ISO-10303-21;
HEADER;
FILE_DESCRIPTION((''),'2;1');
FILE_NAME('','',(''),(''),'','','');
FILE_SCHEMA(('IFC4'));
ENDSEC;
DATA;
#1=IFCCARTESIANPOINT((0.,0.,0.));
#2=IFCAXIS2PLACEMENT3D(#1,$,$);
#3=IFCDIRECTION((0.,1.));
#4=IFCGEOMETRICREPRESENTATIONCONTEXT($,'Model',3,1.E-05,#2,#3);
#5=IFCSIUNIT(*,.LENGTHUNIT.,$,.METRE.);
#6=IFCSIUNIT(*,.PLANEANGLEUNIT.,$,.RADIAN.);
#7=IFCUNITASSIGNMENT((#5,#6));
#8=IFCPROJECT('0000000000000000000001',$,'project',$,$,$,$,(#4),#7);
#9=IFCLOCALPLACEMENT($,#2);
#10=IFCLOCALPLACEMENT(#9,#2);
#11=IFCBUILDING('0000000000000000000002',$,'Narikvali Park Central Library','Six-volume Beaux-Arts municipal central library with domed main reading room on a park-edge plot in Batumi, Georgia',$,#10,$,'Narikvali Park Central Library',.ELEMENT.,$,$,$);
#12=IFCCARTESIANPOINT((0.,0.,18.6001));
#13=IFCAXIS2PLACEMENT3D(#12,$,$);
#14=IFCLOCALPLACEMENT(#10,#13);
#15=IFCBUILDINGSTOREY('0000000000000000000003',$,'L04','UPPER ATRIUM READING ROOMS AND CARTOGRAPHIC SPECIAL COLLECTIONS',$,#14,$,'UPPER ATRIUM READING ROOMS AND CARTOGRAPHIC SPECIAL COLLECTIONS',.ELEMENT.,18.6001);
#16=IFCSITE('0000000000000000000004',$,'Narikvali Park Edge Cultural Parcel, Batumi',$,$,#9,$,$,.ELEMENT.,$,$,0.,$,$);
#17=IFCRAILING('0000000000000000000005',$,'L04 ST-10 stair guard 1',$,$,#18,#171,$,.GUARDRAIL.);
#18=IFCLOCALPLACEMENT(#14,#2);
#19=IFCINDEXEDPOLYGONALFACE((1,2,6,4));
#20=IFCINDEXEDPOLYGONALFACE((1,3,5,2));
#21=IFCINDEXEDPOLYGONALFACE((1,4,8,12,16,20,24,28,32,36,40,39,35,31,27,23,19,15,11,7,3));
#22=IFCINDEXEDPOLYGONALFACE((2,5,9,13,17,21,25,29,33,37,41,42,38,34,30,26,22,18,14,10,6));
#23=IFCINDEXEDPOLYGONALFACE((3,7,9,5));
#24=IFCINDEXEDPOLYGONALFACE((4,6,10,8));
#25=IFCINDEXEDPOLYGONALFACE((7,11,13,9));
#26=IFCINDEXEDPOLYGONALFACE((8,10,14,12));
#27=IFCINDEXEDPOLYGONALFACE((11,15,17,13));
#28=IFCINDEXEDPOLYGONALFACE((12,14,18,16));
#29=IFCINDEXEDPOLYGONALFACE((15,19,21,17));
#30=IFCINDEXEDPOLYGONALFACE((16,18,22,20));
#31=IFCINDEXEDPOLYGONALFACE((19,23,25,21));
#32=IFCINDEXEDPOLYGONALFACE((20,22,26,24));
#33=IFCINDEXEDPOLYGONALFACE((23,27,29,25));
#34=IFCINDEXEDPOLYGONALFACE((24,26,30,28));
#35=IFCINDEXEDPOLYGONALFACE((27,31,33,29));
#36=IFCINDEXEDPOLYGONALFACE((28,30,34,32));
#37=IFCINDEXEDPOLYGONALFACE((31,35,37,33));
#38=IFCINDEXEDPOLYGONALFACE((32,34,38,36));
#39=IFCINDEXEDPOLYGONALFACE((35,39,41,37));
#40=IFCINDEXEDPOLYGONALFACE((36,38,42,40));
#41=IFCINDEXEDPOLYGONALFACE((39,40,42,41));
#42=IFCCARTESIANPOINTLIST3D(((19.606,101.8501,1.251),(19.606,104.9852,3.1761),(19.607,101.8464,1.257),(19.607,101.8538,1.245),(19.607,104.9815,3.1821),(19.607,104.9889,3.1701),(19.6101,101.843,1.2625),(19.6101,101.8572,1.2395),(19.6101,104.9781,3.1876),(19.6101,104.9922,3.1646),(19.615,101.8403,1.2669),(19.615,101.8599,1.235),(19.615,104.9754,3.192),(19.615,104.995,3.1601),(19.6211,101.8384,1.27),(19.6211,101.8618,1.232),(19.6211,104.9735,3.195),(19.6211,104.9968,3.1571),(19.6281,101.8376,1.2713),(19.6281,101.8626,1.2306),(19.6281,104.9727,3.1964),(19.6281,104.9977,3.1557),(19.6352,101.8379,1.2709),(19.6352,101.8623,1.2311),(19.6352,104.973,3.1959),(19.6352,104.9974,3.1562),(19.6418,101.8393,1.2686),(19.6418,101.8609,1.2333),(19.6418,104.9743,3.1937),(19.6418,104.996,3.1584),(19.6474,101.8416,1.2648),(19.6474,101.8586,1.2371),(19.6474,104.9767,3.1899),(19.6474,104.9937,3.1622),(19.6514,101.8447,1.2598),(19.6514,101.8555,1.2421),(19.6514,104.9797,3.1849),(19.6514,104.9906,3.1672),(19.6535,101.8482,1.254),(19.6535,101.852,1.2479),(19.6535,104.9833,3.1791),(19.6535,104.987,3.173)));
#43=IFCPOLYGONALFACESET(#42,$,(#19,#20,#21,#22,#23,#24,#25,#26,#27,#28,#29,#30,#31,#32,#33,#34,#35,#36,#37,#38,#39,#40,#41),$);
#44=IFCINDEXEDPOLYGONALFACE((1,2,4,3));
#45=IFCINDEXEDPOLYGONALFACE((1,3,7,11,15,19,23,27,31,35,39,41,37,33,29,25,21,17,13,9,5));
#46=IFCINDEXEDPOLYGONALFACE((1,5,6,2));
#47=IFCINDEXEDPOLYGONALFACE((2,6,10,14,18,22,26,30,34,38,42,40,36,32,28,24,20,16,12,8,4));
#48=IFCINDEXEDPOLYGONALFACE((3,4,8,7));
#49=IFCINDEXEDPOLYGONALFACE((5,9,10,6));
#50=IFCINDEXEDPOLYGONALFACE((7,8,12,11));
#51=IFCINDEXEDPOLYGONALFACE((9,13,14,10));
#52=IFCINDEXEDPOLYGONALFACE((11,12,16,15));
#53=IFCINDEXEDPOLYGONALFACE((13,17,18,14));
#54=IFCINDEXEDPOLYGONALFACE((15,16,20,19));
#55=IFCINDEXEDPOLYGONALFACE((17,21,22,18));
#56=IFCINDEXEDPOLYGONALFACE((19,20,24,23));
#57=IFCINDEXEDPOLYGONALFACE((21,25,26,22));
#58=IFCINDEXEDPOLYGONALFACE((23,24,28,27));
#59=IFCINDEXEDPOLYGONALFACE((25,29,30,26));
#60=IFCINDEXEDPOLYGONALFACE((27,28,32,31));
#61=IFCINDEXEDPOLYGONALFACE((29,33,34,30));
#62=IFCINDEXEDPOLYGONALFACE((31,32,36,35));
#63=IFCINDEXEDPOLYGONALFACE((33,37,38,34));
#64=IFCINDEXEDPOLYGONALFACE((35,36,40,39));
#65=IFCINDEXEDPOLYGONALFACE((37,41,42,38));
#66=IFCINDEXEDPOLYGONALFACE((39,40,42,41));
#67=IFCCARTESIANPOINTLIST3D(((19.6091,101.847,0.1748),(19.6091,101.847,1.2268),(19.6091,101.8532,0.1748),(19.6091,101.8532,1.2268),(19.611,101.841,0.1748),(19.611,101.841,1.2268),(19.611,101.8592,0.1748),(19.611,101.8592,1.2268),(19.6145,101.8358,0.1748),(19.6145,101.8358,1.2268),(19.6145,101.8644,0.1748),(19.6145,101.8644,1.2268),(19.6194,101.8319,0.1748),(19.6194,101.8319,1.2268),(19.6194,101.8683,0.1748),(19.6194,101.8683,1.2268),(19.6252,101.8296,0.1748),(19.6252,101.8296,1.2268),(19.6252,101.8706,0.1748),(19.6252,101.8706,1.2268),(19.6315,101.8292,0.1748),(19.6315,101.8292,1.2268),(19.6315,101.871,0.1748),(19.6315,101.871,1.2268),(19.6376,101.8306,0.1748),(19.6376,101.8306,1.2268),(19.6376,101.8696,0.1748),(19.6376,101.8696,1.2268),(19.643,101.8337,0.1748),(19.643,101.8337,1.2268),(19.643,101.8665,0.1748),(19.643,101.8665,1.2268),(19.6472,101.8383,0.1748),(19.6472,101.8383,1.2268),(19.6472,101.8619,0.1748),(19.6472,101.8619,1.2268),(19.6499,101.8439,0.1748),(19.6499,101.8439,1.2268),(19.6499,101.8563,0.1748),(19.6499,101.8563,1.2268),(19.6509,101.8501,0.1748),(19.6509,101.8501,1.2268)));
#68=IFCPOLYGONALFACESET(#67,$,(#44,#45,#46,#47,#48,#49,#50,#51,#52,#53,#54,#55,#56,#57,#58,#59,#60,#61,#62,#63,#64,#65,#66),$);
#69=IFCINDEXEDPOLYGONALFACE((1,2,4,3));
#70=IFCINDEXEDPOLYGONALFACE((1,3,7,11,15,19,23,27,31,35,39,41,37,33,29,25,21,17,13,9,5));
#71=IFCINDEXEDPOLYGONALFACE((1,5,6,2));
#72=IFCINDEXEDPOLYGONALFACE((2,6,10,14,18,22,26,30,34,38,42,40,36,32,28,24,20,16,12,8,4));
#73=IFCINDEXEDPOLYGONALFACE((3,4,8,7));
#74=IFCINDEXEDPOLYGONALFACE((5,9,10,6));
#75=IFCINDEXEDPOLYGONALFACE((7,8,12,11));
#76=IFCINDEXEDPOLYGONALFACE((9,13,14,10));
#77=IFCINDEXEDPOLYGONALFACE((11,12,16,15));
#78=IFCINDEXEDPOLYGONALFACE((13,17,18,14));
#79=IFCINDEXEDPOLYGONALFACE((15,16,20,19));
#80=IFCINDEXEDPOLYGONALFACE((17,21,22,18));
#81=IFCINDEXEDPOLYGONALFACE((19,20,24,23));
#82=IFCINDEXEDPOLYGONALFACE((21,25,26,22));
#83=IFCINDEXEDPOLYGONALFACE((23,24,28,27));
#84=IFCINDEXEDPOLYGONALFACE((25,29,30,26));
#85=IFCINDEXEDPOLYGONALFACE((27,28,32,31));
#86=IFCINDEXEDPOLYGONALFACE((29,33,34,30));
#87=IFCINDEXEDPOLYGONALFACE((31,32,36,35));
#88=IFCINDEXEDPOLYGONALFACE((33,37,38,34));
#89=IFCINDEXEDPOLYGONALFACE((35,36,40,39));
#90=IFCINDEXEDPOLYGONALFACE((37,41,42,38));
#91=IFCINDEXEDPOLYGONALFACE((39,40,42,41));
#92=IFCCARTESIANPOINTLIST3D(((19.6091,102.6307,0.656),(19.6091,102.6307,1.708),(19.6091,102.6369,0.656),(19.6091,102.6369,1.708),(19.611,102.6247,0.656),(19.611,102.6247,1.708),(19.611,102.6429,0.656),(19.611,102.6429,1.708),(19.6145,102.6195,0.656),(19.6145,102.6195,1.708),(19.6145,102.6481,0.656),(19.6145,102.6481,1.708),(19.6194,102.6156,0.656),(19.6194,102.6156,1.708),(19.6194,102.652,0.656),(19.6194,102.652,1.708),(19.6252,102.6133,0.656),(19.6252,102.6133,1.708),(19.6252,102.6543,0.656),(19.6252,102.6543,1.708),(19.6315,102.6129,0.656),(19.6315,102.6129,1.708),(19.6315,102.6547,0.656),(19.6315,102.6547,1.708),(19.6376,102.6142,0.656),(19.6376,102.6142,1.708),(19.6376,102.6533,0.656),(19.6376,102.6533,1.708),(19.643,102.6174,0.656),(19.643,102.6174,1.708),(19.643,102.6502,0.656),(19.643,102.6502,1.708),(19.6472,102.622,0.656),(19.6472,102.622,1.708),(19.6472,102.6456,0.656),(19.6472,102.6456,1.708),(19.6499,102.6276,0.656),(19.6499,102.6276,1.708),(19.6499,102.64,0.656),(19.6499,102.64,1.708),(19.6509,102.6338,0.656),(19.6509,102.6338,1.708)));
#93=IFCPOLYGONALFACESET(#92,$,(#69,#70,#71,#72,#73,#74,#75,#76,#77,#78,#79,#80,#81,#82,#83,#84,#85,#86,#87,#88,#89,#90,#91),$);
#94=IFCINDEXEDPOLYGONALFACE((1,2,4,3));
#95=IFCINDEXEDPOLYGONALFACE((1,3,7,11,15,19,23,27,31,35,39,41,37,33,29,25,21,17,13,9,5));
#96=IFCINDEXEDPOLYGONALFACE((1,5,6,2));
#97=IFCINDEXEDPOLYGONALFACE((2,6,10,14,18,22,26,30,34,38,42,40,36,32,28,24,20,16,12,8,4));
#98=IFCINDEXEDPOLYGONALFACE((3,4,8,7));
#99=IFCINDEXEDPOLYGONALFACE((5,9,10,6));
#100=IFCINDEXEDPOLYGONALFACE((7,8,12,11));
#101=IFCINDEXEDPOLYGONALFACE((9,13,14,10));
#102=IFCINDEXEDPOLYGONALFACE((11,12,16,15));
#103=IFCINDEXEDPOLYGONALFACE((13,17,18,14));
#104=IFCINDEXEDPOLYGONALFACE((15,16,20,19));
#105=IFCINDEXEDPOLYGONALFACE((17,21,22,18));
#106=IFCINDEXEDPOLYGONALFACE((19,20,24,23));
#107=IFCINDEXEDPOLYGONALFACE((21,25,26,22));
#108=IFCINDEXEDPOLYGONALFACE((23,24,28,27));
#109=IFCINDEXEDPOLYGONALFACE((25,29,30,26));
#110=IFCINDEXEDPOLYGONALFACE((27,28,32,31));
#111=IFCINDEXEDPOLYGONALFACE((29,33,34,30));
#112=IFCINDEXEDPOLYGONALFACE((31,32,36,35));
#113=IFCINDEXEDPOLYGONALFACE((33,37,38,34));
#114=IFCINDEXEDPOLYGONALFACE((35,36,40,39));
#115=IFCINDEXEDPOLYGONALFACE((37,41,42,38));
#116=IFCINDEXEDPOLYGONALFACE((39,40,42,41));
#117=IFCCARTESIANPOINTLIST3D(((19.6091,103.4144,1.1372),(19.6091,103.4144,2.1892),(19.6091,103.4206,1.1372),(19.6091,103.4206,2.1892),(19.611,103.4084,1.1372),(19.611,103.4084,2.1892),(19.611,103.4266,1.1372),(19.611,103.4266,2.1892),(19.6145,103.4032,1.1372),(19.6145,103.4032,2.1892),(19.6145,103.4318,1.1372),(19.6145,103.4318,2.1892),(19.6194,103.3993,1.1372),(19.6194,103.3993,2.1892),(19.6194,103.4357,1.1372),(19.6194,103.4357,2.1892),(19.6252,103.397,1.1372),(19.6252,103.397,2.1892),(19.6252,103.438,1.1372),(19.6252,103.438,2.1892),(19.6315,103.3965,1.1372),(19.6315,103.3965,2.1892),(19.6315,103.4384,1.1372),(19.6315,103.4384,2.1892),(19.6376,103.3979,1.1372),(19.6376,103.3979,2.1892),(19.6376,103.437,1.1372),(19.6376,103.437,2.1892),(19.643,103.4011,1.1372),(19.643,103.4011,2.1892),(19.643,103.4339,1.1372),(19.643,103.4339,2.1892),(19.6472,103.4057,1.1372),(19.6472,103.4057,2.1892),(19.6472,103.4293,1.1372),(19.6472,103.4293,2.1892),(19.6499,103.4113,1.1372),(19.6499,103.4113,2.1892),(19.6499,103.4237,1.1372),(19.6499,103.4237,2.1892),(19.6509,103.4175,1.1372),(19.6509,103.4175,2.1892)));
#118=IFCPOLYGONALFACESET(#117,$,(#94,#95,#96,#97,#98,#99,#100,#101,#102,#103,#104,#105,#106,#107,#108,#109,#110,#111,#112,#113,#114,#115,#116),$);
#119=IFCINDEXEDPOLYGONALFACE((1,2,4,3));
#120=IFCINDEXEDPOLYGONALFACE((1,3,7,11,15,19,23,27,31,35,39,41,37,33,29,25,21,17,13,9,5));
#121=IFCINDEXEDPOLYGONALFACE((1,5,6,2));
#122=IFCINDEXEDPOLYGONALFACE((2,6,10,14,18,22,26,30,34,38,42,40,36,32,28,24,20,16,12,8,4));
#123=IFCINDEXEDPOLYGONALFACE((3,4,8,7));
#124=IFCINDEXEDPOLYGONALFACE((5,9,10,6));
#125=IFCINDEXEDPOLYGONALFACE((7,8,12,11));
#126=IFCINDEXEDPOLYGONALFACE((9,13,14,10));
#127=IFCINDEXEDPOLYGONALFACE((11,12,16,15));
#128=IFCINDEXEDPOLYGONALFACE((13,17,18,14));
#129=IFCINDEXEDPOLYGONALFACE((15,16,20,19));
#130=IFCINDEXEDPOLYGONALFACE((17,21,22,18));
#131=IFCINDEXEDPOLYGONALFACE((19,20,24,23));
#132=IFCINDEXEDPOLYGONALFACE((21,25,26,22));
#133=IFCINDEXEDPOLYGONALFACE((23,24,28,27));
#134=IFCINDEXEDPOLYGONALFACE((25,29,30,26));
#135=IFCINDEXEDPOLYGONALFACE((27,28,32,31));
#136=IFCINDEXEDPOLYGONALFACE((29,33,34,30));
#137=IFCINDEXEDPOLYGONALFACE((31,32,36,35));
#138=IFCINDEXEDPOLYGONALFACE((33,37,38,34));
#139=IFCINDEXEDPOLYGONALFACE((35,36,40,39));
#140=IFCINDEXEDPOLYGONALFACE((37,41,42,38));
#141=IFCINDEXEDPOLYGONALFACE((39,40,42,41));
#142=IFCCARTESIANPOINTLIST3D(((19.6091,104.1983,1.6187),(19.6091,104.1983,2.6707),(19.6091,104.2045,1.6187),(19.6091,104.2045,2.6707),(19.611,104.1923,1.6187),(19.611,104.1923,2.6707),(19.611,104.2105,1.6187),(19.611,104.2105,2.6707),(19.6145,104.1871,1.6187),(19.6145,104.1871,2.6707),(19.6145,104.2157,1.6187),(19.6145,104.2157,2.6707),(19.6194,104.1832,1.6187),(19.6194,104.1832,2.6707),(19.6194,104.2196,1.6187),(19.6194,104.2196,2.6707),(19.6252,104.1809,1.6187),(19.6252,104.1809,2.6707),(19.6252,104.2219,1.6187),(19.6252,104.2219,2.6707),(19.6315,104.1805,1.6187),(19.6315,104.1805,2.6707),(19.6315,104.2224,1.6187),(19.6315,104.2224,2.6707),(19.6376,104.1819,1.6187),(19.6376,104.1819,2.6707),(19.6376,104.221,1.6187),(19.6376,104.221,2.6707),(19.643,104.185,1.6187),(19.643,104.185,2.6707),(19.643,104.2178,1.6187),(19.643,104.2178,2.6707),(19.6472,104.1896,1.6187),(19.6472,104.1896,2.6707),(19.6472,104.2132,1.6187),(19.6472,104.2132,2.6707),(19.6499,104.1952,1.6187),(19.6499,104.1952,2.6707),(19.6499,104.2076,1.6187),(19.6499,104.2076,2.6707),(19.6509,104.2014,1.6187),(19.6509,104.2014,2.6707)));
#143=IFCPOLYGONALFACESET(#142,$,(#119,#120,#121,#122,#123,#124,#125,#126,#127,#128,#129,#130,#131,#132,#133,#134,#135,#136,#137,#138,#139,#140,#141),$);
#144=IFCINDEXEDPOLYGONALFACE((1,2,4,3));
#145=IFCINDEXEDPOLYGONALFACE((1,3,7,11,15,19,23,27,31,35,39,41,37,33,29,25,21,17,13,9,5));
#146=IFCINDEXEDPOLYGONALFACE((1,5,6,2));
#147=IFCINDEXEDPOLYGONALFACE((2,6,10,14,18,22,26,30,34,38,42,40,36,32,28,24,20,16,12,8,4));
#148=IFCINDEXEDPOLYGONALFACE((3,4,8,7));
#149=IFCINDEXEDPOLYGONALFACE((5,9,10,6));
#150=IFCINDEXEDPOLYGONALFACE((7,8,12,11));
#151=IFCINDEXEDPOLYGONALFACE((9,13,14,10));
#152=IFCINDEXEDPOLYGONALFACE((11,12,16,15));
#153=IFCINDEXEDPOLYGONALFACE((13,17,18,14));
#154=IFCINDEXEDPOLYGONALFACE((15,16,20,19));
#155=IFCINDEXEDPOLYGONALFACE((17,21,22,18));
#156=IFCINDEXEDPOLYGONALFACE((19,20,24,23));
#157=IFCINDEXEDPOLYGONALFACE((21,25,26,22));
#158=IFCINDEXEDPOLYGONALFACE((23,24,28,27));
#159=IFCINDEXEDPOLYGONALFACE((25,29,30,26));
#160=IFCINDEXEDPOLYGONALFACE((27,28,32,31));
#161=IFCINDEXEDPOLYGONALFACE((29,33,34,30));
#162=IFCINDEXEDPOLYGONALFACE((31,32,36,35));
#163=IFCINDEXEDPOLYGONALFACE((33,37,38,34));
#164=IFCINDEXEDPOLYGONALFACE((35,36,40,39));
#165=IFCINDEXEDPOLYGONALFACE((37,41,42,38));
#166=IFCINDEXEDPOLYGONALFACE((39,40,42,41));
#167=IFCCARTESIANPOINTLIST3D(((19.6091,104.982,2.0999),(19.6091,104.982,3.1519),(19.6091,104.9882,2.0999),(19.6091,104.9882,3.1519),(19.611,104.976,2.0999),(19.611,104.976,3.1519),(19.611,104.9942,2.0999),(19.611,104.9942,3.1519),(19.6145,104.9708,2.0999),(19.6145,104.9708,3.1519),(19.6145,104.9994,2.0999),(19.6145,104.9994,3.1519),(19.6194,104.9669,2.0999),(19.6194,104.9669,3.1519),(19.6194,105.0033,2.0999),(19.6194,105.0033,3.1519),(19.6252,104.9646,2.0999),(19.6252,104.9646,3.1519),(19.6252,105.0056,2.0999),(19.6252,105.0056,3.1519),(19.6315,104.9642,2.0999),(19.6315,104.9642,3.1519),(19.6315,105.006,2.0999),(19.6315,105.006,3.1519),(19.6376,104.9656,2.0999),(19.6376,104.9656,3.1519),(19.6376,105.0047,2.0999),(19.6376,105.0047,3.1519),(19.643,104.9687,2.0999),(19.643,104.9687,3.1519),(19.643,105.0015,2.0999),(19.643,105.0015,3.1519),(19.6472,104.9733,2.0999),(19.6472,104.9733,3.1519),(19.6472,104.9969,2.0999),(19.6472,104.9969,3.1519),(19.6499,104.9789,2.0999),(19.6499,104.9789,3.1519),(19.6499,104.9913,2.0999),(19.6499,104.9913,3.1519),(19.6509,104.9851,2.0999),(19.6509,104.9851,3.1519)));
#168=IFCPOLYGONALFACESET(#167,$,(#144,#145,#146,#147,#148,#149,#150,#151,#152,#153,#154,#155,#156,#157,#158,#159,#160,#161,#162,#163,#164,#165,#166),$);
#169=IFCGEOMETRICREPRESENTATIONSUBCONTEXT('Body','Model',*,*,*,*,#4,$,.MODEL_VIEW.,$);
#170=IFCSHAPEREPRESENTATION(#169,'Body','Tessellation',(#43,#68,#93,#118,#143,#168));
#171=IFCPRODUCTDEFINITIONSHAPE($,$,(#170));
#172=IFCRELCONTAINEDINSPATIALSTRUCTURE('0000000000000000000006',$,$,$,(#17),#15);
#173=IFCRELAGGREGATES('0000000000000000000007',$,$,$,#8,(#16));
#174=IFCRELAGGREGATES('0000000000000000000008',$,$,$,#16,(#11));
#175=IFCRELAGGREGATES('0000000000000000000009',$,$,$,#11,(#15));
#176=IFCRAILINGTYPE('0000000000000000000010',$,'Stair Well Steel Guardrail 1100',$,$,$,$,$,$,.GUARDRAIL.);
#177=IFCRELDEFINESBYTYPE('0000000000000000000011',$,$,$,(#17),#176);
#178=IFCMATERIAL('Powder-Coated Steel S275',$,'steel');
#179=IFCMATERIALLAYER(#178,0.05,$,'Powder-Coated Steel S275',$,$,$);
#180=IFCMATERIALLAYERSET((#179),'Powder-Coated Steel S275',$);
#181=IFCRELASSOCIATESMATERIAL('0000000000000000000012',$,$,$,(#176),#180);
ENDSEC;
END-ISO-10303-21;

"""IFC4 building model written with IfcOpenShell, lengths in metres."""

from ifc_helpers import new_model, si_unit, direction, frame, origin, origin_2d, place, context, subcontext, project, spatial, circle, extrude, material, layer, layer_set, type_object, element, save


model = new_model("IFC4")

# Units and contexts
model_context = context("Model", 3, precision=1e-05, world=origin(), true_north=direction((0.0, 1.0)))
body_context = subcontext(model_context, "Body", "Model", "MODEL_VIEW")
ifc_project = project(units=[si_unit("LENGTHUNIT", "METRE"), si_unit("PLANEANGLEUNIT", "RADIAN")], contexts=[model_context])

# Site, building, storey
site_placement = place(None, origin())
site = spatial("IfcSite", under=ifc_project, at=site_placement, Name="Narikvali Park Edge Cultural Parcel, Batumi", CompositionType="ELEMENT", RefElevation=0.0)
building_placement = place(site_placement, origin())
building = spatial("IfcBuilding", under=site, at=building_placement, Name="Narikvali Park Central Library", Description="Six-volume Beaux-Arts municipal central library with domed main reading room on a park-edge plot in Batumi, Georgia", LongName="Narikvali Park Central Library", CompositionType="ELEMENT")
storey_placement = place(building_placement, frame((0.0, 0.0, 18.6001)))
storey = spatial("IfcBuildingStorey", under=building, at=storey_placement, Name="L04", Description="UPPER ATRIUM READING ROOMS AND CARTOGRAPHIC SPECIAL COLLECTIONS", LongName="UPPER ATRIUM READING ROOMS AND CARTOGRAPHIC SPECIAL COLLECTIONS", CompositionType="ELEMENT", Elevation=18.6001)

# Railing
ifc_material_1 = material(Name="Powder-Coated Steel S275", Category="steel")
ifc_layer_1 = layer(ifc_material_1, 0.05, Name="Powder-Coated Steel S275")
ifc_layer_set_1 = layer_set([ifc_layer_1], Name="Powder-Coated Steel S275")
railing_type_1 = type_object("IfcRailingType", Name="Stair Well Steel Guardrail 1100", PredefinedType="GUARDRAIL", material=ifc_layer_set_1)
railing_1_placement = place(storey_placement, frame((19.6299, 101.8501, 0.1748)))
element("IfcRailing", 1, at=railing_1_placement, inside=storey, type_object=railing_type_1, Name="L04 ST-10 stair guard 1", PredefinedType="GUARDRAIL", context=body_context, shape_type="SweptSolid", body=[
    extrude(circle(Radius=0.0239, at=origin_2d()), frame((0.0, 0.0, 1.0762), z_axis=(0.0, 0.852166, 0.523271), x_axis=(-1.0, 0.0, 0.0)), (0.0, 0.0, 1.0), 3.679),
    extrude(circle(Radius=0.021, at=origin_2d()), origin(), (0.0, 0.0, 1.0), 1.052),
    extrude(circle(Radius=0.021, at=origin_2d()), frame((0.0, 0.7837, 0.4812)), (0.0, 0.0, 1.0), 1.052),
    extrude(circle(Radius=0.021, at=origin_2d()), frame((0.0, 1.5674, 0.9624)), (0.0, 0.0, 1.0), 1.052),
    extrude(circle(Radius=0.021, at=origin_2d()), frame((0.0, 2.3513, 1.4438)), (0.0, 0.0, 1.0), 1.052),
    extrude(circle(Radius=0.021, at=origin_2d()), frame((0.0, 3.135, 1.925)), (0.0, 0.0, 1.0), 1.052),
])

save(model, "model.ifc")
